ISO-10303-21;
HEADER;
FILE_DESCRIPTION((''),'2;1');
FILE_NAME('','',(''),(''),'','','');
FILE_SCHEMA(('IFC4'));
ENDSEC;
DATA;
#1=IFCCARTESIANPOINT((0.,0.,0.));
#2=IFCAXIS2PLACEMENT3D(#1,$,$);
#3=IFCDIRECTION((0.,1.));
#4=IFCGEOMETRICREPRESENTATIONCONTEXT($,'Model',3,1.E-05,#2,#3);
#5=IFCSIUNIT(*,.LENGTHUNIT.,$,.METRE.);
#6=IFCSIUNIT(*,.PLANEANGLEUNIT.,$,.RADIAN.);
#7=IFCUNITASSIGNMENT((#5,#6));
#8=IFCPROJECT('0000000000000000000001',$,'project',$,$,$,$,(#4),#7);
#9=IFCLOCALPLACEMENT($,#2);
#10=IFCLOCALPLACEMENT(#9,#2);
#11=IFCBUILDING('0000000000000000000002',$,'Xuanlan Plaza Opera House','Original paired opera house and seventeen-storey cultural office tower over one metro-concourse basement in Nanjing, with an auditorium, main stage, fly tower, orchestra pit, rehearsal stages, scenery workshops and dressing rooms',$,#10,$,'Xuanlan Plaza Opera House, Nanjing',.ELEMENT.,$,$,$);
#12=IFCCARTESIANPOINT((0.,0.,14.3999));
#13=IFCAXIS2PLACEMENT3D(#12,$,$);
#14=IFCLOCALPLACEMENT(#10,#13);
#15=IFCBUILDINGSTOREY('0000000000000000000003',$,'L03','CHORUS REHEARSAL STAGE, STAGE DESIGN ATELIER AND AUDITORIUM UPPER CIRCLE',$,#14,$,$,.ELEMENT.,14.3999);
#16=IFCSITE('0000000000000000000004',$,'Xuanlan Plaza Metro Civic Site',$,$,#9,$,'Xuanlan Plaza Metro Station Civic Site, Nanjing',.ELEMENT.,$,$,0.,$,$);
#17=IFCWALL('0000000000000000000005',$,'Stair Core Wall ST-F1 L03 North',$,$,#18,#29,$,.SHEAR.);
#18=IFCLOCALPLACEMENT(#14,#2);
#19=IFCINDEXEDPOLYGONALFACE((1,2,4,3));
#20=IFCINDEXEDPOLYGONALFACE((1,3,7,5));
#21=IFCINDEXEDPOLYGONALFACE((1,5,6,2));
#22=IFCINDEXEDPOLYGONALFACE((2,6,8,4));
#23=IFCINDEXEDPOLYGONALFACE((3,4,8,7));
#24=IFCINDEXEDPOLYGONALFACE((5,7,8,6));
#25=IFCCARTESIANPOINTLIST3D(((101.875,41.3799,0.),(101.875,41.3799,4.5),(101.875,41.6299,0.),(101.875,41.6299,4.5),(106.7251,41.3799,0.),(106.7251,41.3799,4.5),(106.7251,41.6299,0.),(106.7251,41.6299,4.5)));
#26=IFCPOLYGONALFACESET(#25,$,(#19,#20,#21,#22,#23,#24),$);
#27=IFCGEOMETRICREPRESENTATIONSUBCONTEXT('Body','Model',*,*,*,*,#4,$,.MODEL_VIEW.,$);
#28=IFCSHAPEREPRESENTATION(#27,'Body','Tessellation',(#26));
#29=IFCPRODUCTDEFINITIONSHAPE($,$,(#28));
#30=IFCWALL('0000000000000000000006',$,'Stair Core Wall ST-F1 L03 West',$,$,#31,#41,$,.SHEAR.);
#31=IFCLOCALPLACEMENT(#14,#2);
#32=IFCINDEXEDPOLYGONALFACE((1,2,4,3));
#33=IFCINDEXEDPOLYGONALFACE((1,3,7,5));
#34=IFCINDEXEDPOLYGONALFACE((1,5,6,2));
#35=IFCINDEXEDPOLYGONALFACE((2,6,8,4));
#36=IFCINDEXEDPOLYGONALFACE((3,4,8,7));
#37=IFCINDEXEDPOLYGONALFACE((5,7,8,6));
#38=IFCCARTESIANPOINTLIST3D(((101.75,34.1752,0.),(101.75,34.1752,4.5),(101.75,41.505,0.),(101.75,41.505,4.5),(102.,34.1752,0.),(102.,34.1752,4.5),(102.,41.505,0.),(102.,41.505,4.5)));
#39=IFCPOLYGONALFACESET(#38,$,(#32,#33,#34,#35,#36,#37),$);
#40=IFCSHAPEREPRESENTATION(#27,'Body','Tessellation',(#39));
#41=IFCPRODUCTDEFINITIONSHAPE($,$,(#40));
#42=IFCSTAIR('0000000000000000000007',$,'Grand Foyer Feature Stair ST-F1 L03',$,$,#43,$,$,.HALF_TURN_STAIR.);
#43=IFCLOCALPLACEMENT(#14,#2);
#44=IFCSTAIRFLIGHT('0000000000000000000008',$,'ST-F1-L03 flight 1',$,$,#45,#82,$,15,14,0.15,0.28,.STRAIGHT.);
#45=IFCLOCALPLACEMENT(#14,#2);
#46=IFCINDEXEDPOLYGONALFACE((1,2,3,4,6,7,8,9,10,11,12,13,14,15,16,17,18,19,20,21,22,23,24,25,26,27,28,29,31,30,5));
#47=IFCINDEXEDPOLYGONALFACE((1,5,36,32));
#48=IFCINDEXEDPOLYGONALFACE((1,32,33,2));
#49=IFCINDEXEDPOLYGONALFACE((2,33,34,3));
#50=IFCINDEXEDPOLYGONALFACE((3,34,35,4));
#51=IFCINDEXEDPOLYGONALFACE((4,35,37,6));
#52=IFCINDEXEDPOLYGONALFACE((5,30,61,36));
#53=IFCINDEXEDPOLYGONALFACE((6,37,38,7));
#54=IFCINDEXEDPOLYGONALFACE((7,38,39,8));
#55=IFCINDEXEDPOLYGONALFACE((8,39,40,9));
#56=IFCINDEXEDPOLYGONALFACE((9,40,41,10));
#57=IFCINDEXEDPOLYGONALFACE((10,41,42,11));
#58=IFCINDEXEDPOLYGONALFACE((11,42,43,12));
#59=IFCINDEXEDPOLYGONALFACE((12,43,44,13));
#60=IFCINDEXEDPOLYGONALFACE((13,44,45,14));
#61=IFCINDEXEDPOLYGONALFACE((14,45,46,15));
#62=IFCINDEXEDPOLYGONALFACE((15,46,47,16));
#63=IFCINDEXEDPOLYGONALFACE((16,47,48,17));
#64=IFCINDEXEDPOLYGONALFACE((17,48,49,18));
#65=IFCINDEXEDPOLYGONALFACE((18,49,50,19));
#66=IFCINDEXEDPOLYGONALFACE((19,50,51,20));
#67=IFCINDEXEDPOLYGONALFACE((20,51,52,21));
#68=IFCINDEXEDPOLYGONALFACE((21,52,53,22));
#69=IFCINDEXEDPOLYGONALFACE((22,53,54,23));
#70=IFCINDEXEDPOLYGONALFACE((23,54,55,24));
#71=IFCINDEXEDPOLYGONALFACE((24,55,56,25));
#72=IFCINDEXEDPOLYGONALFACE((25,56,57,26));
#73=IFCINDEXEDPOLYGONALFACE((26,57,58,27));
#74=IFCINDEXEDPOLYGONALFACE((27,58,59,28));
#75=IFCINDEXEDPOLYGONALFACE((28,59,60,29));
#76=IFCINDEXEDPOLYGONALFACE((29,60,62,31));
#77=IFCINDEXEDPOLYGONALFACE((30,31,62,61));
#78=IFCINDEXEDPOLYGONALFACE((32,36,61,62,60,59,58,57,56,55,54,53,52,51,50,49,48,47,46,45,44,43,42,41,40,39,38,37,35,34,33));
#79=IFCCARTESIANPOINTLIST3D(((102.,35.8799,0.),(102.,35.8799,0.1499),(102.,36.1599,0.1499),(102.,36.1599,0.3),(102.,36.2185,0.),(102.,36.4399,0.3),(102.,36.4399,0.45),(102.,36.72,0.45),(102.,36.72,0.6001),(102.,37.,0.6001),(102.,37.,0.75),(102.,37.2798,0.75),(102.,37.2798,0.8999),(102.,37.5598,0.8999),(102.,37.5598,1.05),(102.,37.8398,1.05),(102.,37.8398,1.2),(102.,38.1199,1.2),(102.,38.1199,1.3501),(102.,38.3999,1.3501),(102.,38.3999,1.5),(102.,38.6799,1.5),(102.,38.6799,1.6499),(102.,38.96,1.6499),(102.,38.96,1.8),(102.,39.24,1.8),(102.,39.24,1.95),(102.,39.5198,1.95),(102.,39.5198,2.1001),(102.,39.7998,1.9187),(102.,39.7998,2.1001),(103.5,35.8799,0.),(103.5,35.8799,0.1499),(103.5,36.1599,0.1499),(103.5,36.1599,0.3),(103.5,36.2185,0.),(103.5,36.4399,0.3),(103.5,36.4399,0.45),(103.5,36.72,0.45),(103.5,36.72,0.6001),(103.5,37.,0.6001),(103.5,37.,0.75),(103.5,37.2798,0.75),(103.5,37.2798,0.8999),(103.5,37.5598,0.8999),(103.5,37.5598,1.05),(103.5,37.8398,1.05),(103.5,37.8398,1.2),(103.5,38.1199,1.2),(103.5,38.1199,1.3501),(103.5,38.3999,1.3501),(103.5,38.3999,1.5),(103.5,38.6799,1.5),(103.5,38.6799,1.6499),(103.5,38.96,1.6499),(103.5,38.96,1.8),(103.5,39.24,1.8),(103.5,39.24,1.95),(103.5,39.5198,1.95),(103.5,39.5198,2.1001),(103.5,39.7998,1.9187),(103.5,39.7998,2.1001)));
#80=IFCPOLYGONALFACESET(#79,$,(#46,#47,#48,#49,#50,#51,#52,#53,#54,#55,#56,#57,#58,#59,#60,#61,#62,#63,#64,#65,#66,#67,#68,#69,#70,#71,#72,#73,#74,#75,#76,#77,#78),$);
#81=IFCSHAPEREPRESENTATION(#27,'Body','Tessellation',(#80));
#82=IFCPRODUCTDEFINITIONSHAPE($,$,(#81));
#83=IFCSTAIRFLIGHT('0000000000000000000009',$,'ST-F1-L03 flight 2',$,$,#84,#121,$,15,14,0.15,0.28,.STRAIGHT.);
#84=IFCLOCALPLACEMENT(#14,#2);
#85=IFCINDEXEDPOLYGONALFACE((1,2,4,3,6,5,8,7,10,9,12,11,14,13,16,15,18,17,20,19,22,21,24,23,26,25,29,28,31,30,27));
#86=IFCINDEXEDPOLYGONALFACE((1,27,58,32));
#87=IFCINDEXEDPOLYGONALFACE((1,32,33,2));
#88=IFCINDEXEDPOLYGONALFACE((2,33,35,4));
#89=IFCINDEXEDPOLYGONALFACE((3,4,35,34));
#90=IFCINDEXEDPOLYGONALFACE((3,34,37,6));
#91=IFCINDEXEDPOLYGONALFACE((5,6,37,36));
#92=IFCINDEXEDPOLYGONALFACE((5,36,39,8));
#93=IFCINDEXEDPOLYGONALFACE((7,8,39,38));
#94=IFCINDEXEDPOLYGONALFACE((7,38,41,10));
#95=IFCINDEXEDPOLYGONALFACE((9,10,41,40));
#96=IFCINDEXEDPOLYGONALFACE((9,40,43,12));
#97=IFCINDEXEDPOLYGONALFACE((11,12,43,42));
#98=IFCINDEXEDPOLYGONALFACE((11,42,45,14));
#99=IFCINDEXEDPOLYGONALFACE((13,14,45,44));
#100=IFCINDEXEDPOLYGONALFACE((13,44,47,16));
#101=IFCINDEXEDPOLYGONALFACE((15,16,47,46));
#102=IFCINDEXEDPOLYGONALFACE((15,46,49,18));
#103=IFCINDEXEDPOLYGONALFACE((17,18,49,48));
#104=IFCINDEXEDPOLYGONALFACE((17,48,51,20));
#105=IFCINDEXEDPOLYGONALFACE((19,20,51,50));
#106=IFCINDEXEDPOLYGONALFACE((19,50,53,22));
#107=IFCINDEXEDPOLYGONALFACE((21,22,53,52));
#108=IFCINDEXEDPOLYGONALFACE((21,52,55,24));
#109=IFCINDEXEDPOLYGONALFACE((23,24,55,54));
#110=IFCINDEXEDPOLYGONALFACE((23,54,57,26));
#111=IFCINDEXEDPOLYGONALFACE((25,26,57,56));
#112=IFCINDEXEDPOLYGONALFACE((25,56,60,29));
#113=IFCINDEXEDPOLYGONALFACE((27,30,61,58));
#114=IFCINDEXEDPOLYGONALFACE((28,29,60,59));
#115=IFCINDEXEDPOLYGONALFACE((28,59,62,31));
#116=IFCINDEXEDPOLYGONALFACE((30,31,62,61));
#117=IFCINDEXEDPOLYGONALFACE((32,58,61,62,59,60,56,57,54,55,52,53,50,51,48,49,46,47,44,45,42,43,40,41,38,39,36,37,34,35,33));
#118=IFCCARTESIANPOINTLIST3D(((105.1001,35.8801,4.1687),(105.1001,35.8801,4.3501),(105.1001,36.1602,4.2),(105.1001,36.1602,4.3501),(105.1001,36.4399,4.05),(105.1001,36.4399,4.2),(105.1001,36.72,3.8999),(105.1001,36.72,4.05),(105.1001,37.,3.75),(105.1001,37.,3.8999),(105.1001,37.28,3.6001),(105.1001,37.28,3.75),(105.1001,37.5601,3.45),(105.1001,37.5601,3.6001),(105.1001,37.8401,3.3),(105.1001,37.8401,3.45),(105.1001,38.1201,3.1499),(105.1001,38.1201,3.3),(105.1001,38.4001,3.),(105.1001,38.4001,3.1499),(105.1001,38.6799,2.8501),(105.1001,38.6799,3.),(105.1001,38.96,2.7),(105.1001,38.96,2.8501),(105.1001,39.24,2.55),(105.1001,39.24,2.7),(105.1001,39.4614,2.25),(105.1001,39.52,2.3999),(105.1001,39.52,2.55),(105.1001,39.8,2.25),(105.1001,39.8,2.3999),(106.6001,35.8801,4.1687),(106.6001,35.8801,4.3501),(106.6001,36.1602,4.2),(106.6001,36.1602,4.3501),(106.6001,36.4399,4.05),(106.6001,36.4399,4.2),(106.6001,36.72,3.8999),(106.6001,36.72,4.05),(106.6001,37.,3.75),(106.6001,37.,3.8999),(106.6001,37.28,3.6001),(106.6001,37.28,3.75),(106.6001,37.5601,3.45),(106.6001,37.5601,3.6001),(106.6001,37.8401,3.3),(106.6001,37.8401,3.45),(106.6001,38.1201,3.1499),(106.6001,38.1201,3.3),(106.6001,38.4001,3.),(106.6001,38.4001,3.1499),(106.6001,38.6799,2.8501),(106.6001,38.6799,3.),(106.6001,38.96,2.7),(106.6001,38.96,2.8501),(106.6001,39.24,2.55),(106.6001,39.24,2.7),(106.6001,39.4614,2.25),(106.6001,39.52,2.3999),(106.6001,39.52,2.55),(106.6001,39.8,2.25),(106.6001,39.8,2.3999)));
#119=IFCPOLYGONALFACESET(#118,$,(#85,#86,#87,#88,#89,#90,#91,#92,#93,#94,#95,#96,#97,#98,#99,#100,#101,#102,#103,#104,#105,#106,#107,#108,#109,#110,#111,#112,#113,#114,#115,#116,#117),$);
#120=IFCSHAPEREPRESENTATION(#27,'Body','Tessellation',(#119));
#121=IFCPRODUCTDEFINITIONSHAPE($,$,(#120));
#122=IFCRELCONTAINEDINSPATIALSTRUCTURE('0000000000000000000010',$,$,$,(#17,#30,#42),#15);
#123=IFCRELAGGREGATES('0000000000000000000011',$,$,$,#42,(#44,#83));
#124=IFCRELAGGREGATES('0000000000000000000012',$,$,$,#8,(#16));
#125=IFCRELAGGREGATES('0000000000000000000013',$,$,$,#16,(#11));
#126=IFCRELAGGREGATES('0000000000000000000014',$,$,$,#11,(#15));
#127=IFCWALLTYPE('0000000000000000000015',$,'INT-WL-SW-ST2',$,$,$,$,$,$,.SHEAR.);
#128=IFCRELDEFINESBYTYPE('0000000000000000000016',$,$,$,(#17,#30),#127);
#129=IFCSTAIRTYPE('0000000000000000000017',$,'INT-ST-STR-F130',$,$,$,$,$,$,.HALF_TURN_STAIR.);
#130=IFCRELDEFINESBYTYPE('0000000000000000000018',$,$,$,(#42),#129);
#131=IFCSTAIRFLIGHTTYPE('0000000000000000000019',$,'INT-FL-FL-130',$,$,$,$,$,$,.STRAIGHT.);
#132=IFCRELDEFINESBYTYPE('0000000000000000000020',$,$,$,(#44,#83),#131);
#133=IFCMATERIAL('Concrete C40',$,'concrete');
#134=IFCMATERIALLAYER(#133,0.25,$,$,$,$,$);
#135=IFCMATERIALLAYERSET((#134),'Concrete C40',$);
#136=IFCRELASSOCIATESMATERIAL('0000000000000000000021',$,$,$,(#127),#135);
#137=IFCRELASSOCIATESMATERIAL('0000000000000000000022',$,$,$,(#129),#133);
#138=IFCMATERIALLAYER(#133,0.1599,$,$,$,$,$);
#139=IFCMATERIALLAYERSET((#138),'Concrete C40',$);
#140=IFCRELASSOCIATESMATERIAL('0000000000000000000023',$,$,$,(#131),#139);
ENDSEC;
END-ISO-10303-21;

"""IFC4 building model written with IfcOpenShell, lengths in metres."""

from ifc_helpers import new_model, si_unit, direction, frame, frame_2d, origin, place, context, subcontext, project, spatial, polyline, rectangle, outline, extrude, material, layer, layer_set, type_object, element, aggregate, save


model = new_model("IFC4")

# Units and contexts
model_context = context("Model", 3, precision=1e-05, world=origin(), true_north=direction((0.0, 1.0)))
body_context = subcontext(model_context, "Body", "Model", "MODEL_VIEW")
ifc_project = project(units=[si_unit("LENGTHUNIT", "METRE"), si_unit("PLANEANGLEUNIT", "RADIAN")], contexts=[model_context])

# Site, building, storey
site_placement = place(None, origin())
site = spatial("IfcSite", under=ifc_project, at=site_placement, Name="Xuanlan Plaza Metro Civic Site", LongName="Xuanlan Plaza Metro Station Civic Site, Nanjing", CompositionType="ELEMENT", RefElevation=0.0)
building_placement = place(site_placement, origin())
building = spatial("IfcBuilding", under=site, at=building_placement, Name="Xuanlan Plaza Opera House", Description="Original paired opera house and seventeen-storey cultural office tower over one metro-concourse basement in Nanjing, with an auditorium, main stage, fly tower, orchestra pit, rehearsal stages, scenery workshops and dressing rooms", LongName="Xuanlan Plaza Opera House, Nanjing", CompositionType="ELEMENT")
storey_placement = place(building_placement, frame((0.0, 0.0, 14.3999)))
storey = spatial("IfcBuildingStorey", under=building, at=storey_placement, Name="L03", Description="CHORUS REHEARSAL STAGE, STAGE DESIGN ATELIER AND AUDITORIUM UPPER CIRCLE", CompositionType="ELEMENT", Elevation=14.3999)

# Shared definitions
ifc_material_1 = material(Name="Concrete C40", Category="concrete")

# Walls
ifc_layer_1 = layer(ifc_material_1, 0.25)
ifc_layer_set_1 = layer_set([ifc_layer_1], Name="Concrete C40")
wall_type_1 = type_object("IfcWallType", Name="INT-WL-SW-ST2", PredefinedType="SHEAR", material=ifc_layer_set_1)
for number, where, z_axis, x_axis, name in (
    (1, (101.875, 41.5049, 0.0), (0.0, 0.0, 1.0), (1.0, 0.0, 0.0), "Stair Core Wall ST-F1 L03 North"),
):
    element("IfcWall", number, at=place(storey_placement, frame(where, z_axis=z_axis, x_axis=x_axis)), inside=storey, type_object=wall_type_1, Name=name, PredefinedType="SHEAR", context=body_context, shape_type="SweptSolid", body=[
        extrude(rectangle(XDim=4.8501, YDim=0.25, at=frame_2d((2.425, 0.0))), origin(), (0.0, 0.0, 1.0), 4.5),
    ])
wall_1_placement = place(storey_placement, frame((101.875, 34.175, 0.0), z_axis=(0.0, 0.0, 1.0), x_axis=(0.0, 1.0, 0.0)))
element("IfcWall", 2, at=wall_1_placement, inside=storey, type_object=wall_type_1, Name="Stair Core Wall ST-F1 L03 West", PredefinedType="SHEAR", context=body_context, shape_type="SweptSolid", body=[
    extrude(rectangle(XDim=7.3298, YDim=0.25, at=frame_2d((3.665, 0.0))), origin(), (0.0, 0.0, 1.0), 4.5),
])

# Stair, stair flights
stair_type = type_object("IfcStairType", Name="INT-ST-STR-F130", PredefinedType="HALF_TURN_STAIR", material=ifc_material_1)
stair_placement = place(storey_placement, origin())
stair = element("IfcStair", 3, at=stair_placement, inside=storey, type_object=stair_type, Name="Grand Foyer Feature Stair ST-F1 L03", PredefinedType="HALF_TURN_STAIR")
ifc_layer_2 = layer(ifc_material_1, 0.1599)
ifc_layer_set_2 = layer_set([ifc_layer_2], Name="Concrete C40")
stair_flight_type = type_object("IfcStairFlightType", Name="INT-FL-FL-130", PredefinedType="STRAIGHT", material=ifc_layer_set_2)
stair_flight_1_placement = place(storey_placement, frame((102.75, 35.8799, 0.0), z_axis=(0.0, 0.0, 1.0), x_axis=(0.0, 1.0, 0.0)))
stair_flight_1 = element("IfcStairFlight", 4, at=stair_flight_1_placement, type_object=stair_flight_type, Name="ST-F1-L03 flight 1", NumberOfRisers=15, NumberOfTreads=14, PredefinedType="STRAIGHT", RiserHeight=0.15, TreadLength=0.28, context=body_context, shape_type="SweptSolid", body=[
    extrude(outline(polyline([(0.0, 0.0), (0.0, 0.1499), (0.28, 0.1499), (0.28, 0.3), (0.5601, 0.3), (0.5601, 0.45), (0.8401, 0.45), (0.8401, 0.6001), (1.1201, 0.6001), (1.1201, 0.75), (1.3999, 0.75), (1.3999, 0.8999), (1.6799, 0.8999), (1.6799, 1.05), (1.96, 1.05), (1.96, 1.2), (2.24, 1.2), (2.24, 1.3501), (2.52, 1.3501), (2.52, 1.5), (2.8, 1.5), (2.8, 1.6499), (3.0801, 1.6499), (3.0801, 1.8), (3.3601, 1.8), (3.3601, 1.95), (3.6399, 1.95), (3.6399, 2.1001), (3.9199, 2.1001), (3.9199, 2.25), (3.9199, 1.9187), (0.3386, 0.0), (0.0, 0.0)])), frame((0.0, 0.75, 0.0), z_axis=(0.0, -1.0, 0.0), x_axis=(1.0, 0.0, 0.0)), (0.0, 0.0, 1.0), 1.5),
])
stair_flight_2_placement = place(storey_placement, frame((105.8501, 39.8, 2.25), z_axis=(0.0, 0.0, 1.0), x_axis=(0.0, -1.0, 0.0)))
stair_flight_2 = element("IfcStairFlight", 5, at=stair_flight_2_placement, type_object=stair_flight_type, Name="ST-F1-L03 flight 2", NumberOfRisers=15, NumberOfTreads=14, PredefinedType="STRAIGHT", RiserHeight=0.15, TreadLength=0.28, context=body_context, shape_type="SweptSolid", body=[
    extrude(outline(polyline([(0.0, 0.0), (0.0, 0.1499), (0.28, 0.1499), (0.28, 0.3), (0.5601, 0.3), (0.5601, 0.45), (0.8401, 0.45), (0.8401, 0.6001), (1.1201, 0.6001), (1.1201, 0.75), (1.3999, 0.75), (1.3999, 0.8999), (1.6799, 0.8999), (1.6799, 1.05), (1.96, 1.05), (1.96, 1.2), (2.24, 1.2), (2.24, 1.3501), (2.52, 1.3501), (2.52, 1.5), (2.8, 1.5), (2.8, 1.6499), (3.0801, 1.6499), (3.0801, 1.8), (3.3601, 1.8), (3.3601, 1.95), (3.6399, 1.95), (3.6399, 2.1001), (3.9199, 2.1001), (3.9199, 2.25), (3.9199, 1.9187), (0.3386, 0.0), (0.0, 0.0)])), frame((0.0, 0.75, 0.0), z_axis=(0.0, -1.0, 0.0), x_axis=(1.0, 0.0, 0.0)), (0.0, 0.0, 1.0), 1.5),
])
aggregate(stair, [stair_flight_1, stair_flight_2])

save(model, "model.ifc")
